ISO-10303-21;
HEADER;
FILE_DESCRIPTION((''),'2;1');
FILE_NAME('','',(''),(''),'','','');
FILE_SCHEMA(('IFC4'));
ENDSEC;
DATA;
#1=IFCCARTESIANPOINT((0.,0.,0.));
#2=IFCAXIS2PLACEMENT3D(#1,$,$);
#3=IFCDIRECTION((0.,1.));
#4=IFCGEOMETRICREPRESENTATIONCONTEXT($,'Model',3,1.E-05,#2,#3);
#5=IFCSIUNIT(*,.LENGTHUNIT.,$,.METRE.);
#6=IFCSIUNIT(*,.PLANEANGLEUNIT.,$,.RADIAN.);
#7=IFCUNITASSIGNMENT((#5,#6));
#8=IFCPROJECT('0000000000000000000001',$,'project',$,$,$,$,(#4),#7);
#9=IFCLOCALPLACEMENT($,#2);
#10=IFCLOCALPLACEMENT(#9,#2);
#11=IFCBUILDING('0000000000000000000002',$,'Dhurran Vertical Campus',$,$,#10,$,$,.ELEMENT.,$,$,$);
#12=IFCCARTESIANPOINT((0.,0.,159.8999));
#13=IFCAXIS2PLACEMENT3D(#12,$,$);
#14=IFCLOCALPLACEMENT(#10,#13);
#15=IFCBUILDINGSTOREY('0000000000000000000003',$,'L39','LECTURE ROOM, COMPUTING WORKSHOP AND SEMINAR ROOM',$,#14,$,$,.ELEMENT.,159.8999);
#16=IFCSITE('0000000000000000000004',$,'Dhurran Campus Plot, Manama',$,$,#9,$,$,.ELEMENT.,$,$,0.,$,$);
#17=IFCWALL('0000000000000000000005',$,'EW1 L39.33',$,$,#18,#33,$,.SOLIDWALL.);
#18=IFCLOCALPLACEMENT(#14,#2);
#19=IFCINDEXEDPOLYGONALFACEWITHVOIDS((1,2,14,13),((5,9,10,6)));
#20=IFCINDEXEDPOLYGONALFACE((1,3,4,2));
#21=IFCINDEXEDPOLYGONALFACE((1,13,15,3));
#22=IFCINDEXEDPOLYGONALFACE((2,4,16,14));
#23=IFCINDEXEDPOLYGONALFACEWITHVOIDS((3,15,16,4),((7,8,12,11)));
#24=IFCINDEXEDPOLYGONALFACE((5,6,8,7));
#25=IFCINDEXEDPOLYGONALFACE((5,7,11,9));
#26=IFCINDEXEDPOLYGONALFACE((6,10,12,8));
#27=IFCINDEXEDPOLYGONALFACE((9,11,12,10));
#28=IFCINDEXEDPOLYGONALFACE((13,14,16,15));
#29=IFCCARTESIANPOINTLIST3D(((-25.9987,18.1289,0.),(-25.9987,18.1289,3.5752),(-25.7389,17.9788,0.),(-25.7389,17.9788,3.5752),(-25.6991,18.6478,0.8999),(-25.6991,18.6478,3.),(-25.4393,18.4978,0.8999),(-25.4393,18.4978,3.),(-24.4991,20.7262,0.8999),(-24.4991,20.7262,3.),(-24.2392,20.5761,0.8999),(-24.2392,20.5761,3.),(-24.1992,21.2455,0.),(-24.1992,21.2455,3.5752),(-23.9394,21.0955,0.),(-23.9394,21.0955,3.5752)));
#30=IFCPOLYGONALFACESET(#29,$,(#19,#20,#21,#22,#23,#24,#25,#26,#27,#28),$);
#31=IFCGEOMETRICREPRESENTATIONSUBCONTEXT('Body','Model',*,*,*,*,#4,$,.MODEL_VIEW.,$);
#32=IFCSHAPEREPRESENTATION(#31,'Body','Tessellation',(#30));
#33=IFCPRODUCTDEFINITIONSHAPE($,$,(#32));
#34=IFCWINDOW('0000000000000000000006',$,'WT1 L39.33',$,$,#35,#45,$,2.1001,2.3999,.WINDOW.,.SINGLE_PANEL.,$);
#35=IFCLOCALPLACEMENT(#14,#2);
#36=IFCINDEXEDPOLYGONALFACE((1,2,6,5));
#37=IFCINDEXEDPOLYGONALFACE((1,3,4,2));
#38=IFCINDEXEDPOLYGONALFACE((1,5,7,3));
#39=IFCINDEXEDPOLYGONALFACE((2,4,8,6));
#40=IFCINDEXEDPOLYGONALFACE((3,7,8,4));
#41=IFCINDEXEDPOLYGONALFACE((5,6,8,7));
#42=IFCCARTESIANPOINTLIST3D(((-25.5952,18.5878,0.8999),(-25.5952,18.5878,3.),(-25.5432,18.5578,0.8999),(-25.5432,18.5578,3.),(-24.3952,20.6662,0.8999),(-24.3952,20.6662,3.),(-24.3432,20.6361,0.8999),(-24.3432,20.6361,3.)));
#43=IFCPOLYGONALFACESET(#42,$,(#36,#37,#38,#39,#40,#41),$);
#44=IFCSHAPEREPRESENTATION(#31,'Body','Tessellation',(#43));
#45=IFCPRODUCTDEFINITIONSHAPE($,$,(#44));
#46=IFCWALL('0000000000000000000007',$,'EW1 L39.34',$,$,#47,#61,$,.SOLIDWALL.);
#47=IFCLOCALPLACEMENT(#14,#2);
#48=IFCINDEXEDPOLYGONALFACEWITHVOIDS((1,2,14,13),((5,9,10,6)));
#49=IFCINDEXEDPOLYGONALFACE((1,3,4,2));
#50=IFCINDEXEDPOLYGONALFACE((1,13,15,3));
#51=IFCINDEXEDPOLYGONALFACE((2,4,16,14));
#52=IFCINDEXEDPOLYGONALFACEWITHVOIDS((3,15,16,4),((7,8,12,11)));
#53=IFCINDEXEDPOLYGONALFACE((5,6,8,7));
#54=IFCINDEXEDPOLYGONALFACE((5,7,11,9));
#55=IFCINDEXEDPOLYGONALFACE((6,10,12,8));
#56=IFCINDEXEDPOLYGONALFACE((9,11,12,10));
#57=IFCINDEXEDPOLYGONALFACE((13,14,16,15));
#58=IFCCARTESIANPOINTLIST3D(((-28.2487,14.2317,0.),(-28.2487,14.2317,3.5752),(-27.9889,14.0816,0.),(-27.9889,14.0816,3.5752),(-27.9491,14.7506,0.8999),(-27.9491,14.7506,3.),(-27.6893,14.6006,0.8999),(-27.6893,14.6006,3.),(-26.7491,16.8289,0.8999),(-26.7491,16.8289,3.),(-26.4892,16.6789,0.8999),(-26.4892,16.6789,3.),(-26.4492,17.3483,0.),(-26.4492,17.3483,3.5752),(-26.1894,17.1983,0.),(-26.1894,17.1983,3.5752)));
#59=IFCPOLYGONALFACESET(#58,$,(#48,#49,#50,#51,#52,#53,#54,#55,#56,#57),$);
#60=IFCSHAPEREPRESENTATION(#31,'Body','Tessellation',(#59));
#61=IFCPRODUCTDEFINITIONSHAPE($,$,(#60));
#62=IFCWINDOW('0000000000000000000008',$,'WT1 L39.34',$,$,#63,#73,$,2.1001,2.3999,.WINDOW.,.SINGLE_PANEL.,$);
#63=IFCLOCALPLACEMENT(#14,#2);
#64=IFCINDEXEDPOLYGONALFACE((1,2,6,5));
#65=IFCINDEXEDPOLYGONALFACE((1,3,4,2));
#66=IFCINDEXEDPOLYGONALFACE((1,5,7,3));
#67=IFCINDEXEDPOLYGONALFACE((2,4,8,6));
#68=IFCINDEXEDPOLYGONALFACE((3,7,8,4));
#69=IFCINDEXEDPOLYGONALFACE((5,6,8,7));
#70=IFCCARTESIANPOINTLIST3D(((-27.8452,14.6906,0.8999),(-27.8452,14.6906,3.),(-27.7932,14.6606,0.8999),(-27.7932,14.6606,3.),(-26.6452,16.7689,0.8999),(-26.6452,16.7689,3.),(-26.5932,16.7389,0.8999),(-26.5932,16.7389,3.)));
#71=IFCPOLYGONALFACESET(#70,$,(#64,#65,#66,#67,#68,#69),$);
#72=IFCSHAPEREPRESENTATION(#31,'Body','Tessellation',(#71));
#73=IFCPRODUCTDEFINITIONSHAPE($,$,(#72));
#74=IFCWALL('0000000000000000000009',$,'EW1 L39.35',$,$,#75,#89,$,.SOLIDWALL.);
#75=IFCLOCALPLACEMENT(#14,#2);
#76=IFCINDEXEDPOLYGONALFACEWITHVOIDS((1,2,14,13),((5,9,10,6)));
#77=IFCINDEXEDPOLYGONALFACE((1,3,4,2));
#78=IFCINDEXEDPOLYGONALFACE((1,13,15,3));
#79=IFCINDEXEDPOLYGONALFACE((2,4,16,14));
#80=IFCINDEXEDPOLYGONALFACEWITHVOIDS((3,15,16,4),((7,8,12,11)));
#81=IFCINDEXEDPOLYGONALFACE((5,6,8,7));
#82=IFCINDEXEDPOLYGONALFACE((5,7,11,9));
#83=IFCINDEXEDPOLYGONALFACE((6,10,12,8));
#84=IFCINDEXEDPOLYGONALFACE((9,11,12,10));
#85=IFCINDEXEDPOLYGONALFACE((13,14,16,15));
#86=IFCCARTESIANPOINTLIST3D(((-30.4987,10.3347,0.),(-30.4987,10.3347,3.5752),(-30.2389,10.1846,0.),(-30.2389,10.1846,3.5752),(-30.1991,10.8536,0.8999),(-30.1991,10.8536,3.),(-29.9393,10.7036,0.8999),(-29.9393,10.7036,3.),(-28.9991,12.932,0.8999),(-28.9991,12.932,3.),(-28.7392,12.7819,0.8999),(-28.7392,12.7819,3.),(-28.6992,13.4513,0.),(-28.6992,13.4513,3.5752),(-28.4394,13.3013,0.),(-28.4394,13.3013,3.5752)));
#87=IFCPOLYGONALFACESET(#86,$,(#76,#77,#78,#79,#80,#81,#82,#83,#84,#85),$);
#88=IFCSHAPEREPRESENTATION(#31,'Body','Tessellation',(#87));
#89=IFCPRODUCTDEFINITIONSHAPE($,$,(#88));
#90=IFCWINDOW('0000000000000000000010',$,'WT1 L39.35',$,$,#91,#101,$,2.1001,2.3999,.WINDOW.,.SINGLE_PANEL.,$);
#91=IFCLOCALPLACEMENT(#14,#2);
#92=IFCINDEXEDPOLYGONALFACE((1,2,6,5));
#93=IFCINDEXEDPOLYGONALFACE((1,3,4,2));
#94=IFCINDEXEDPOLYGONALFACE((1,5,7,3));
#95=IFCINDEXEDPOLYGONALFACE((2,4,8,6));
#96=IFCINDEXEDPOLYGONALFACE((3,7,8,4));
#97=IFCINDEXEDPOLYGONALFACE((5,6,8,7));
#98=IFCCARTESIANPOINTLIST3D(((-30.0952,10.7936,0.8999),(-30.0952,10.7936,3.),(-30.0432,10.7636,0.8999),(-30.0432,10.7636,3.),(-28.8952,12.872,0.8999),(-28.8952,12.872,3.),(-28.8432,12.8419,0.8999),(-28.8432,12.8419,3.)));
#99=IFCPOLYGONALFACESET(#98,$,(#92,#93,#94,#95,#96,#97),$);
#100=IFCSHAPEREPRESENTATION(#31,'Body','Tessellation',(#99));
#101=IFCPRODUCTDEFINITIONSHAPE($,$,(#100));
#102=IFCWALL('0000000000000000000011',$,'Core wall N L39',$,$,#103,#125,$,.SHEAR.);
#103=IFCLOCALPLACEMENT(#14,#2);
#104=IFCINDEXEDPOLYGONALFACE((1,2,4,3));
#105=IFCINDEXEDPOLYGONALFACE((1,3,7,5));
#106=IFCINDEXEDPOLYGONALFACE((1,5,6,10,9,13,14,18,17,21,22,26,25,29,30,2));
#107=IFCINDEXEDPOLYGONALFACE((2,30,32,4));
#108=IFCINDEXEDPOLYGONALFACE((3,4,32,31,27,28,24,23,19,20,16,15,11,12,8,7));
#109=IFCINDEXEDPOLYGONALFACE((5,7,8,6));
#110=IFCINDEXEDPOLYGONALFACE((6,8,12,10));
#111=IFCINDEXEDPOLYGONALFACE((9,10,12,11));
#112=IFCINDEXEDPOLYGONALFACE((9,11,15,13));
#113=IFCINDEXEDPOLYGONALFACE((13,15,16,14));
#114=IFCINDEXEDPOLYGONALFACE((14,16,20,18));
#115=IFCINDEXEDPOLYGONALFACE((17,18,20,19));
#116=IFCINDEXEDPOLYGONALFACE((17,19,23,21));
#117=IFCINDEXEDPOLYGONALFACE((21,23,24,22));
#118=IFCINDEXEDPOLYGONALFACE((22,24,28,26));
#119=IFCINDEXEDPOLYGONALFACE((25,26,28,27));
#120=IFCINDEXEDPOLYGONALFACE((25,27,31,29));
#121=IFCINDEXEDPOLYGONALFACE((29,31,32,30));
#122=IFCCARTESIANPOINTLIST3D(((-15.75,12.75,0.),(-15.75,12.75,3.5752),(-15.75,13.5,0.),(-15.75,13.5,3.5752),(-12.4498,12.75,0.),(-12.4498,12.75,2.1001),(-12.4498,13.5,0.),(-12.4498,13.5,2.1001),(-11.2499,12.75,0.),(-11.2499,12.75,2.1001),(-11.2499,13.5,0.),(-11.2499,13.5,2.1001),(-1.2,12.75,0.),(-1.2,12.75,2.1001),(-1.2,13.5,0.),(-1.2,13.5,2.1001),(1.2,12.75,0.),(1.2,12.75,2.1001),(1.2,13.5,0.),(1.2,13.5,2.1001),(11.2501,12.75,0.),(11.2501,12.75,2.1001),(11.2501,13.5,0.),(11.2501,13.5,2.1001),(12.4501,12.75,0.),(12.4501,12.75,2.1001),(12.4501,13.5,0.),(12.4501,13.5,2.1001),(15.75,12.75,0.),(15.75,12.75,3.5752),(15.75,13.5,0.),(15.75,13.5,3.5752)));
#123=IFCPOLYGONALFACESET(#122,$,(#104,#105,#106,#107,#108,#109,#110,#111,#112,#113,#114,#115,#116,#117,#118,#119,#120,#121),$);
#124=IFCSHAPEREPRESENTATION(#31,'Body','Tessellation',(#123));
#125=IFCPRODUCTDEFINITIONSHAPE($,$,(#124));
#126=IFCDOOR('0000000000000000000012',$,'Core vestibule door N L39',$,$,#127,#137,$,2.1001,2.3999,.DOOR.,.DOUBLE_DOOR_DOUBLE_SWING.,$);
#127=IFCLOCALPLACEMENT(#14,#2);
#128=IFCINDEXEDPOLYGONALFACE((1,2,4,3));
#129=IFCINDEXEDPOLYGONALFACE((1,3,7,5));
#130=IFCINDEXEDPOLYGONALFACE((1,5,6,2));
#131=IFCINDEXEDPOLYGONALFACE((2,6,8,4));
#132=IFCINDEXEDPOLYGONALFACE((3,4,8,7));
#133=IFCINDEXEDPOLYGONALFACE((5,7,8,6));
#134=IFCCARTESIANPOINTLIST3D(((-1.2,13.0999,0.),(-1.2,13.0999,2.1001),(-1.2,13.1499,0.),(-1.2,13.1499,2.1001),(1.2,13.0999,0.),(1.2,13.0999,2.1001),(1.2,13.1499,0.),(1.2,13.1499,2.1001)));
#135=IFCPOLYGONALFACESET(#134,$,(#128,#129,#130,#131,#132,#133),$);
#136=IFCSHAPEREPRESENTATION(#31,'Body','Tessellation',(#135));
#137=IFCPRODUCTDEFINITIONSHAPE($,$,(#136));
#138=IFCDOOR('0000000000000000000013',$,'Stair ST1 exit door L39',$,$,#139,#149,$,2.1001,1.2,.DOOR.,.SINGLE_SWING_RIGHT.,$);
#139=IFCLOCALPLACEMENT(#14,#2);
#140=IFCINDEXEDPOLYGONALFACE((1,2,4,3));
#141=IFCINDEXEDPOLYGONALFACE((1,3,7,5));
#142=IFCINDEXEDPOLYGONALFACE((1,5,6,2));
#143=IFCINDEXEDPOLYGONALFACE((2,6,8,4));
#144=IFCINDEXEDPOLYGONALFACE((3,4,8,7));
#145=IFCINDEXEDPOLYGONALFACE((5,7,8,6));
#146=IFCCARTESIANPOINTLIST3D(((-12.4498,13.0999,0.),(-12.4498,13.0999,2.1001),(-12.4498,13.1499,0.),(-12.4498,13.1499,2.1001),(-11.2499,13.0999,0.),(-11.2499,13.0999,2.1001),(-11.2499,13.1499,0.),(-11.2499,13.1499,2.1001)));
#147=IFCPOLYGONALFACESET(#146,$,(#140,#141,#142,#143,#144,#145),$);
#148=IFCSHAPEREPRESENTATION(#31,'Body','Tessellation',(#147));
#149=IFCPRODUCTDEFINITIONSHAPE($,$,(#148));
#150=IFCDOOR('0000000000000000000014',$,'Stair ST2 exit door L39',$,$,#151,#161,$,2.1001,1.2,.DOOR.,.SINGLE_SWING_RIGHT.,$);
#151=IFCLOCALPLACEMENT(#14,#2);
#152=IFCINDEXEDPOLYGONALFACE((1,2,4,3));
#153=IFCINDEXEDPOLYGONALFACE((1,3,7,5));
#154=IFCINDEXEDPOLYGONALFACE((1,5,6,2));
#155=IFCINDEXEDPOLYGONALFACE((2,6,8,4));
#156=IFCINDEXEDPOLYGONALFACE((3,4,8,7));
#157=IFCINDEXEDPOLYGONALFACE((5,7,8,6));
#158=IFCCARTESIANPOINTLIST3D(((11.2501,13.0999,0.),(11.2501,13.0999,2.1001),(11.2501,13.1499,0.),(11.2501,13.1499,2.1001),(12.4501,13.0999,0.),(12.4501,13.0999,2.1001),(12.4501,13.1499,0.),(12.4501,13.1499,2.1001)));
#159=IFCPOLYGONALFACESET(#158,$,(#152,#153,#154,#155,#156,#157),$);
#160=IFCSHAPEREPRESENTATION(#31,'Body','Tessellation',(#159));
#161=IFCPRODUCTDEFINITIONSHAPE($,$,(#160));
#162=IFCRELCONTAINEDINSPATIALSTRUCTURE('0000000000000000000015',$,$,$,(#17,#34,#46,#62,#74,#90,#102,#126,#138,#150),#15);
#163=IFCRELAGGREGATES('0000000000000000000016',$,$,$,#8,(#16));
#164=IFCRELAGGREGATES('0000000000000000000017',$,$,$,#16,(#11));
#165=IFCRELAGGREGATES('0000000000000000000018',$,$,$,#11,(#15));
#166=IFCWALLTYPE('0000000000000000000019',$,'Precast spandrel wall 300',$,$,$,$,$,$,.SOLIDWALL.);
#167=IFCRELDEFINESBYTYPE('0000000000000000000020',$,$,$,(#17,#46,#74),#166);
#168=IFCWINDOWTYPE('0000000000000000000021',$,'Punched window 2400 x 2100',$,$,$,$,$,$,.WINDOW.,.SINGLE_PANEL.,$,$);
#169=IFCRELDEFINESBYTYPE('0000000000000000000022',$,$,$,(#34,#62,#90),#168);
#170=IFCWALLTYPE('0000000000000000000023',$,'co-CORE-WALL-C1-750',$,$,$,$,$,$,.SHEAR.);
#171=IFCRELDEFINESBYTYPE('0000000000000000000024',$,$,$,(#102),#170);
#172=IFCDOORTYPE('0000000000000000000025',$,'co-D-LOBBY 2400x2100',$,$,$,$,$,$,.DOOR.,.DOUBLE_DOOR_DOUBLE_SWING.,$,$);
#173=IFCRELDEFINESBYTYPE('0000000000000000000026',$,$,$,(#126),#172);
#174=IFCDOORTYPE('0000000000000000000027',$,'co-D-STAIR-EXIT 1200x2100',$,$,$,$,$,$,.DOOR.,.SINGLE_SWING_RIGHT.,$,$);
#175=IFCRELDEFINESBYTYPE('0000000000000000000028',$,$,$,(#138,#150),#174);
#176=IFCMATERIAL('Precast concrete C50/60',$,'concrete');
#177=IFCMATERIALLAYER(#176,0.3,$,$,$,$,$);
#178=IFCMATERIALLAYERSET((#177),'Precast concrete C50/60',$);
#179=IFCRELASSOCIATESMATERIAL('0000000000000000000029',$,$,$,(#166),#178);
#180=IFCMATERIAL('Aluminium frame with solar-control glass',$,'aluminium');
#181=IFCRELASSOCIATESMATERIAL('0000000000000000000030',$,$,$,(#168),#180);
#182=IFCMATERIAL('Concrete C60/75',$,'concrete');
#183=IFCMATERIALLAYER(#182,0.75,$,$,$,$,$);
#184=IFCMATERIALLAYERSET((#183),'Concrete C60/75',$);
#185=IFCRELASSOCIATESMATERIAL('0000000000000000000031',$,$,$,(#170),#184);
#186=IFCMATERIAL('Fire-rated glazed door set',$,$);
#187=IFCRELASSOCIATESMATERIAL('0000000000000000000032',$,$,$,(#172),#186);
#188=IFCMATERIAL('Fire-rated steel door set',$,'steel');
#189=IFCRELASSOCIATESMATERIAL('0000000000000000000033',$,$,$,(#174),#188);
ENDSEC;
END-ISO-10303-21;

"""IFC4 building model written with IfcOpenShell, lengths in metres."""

from ifc_helpers import new_model, si_unit, direction, frame, frame_2d, origin, place, context, subcontext, project, spatial, rectangle, extrude, material, layer, layer_set, type_object, element, fill, save


model = new_model("IFC4")

# Units and contexts
model_context = context("Model", 3, precision=1e-05, world=origin(), true_north=direction((0.0, 1.0)))
body_context = subcontext(model_context, "Body", "Model", "MODEL_VIEW")
ifc_project = project(units=[si_unit("LENGTHUNIT", "METRE"), si_unit("PLANEANGLEUNIT", "RADIAN")], contexts=[model_context])

# Site, building, storey
site_placement = place(None, origin())
site = spatial("IfcSite", under=ifc_project, at=site_placement, Name="Dhurran Campus Plot, Manama", CompositionType="ELEMENT", RefElevation=0.0)
building_placement = place(site_placement, origin())
building = spatial("IfcBuilding", under=site, at=building_placement, Name="Dhurran Vertical Campus", CompositionType="ELEMENT")
storey_placement = place(building_placement, frame((0.0, 0.0, 159.8999)))
storey = spatial("IfcBuildingStorey", under=building, at=storey_placement, Name="L39", Description="LECTURE ROOM, COMPUTING WORKSHOP AND SEMINAR ROOM", CompositionType="ELEMENT", Elevation=159.8999)

# Walls, openings, windows
ifc_material_1 = material(Name="Precast concrete C50/60", Category="concrete")
ifc_layer_1 = layer(ifc_material_1, 0.3)
ifc_layer_set_1 = layer_set([ifc_layer_1], Name="Precast concrete C50/60")
wall_type_1 = type_object("IfcWallType", Name="Precast spandrel wall 300", PredefinedType="SOLIDWALL", material=ifc_layer_set_1)
ifc_material_2 = material(Name="Aluminium frame with solar-control glass", Category="aluminium")
window_type = type_object("IfcWindowType", Name="Punched window 2400 x 2100", PartitioningType="SINGLE_PANEL", PredefinedType="WINDOW", material=ifc_material_2)
wall_1_placement = place(storey_placement, frame((-24.0693, 21.1704, 0.0), z_axis=(0.0, 0.0, 1.0), x_axis=(-0.500028, -0.866009, 0.0)))
wall_1 = element("IfcWall", 1, at=wall_1_placement, inside=storey, type_object=wall_type_1, Name="EW1 L39.33", PredefinedType="SOLIDWALL", context=body_context, shape_type="SweptSolid", body=[
    extrude(rectangle(XDim=3.5989, YDim=0.3, at=frame_2d((1.7993, 0.0))), origin(), (0.0, 0.0, 1.0), 3.5752),
])
opening_1_placement = place(wall_1_placement, frame((0.5996, 0.0, 0.8999)))
opening_1 = element("IfcOpeningElement", 2, at=opening_1_placement, cuts=wall_1, PredefinedType="OPENING", context=body_context, shape_type="SweptSolid", body=[
    extrude(rectangle(XDim=2.3999, YDim=2.1001, at=frame_2d((1.2, 1.05))), frame((0.0, 0.1599, 0.0), z_axis=(0.0, -1.0, 0.0), x_axis=(1.0, 0.0, 0.0)), (0.0, 0.0, 1.0), 0.3201),
])
window_1_placement = place(opening_1_placement, origin())
window_1 = element("IfcWindow", 3, at=window_1_placement, inside=storey, type_object=window_type, Name="WT1 L39.33", OverallHeight=2.1001, OverallWidth=2.3999, PartitioningType="SINGLE_PANEL", PredefinedType="WINDOW", context=body_context, shape_type="SweptSolid", body=[
    extrude(rectangle(XDim=2.3999, YDim=2.1001, at=frame_2d((1.2, 1.05))), frame((0.0, 0.03, 0.0), z_axis=(0.0, -1.0, 0.0), x_axis=(1.0, 0.0, 0.0)), (0.0, 0.0, 1.0), 0.0601),
])
fill(opening_1, window_1)
wall_2_placement = place(storey_placement, frame((-26.3193, 17.2732, 0.0), z_axis=(0.0, 0.0, 1.0), x_axis=(-0.500028, -0.866009, 0.0)))
wall_2 = element("IfcWall", 4, at=wall_2_placement, inside=storey, type_object=wall_type_1, Name="EW1 L39.34", PredefinedType="SOLIDWALL", context=body_context, shape_type="SweptSolid", body=[
    extrude(rectangle(XDim=3.5989, YDim=0.3, at=frame_2d((1.7993, 0.0))), origin(), (0.0, 0.0, 1.0), 3.5752),
])
opening_2_placement = place(wall_2_placement, frame((0.5996, 0.0, 0.8999)))
opening_2 = element("IfcOpeningElement", 5, at=opening_2_placement, cuts=wall_2, PredefinedType="OPENING", context=body_context, shape_type="SweptSolid", body=[
    extrude(rectangle(XDim=2.3999, YDim=2.1001, at=frame_2d((1.2, 1.05))), frame((0.0, 0.1599, 0.0), z_axis=(0.0, -1.0, 0.0), x_axis=(1.0, 0.0, 0.0)), (0.0, 0.0, 1.0), 0.3201),
])
window_2_placement = place(opening_2_placement, origin())
window_2 = element("IfcWindow", 6, at=window_2_placement, inside=storey, type_object=window_type, Name="WT1 L39.34", OverallHeight=2.1001, OverallWidth=2.3999, PartitioningType="SINGLE_PANEL", PredefinedType="WINDOW", context=body_context, shape_type="SweptSolid", body=[
    extrude(rectangle(XDim=2.3999, YDim=2.1001, at=frame_2d((1.2, 1.05))), frame((0.0, 0.03, 0.0), z_axis=(0.0, -1.0, 0.0), x_axis=(1.0, 0.0, 0.0)), (0.0, 0.0, 1.0), 0.0601),
])
fill(opening_2, window_2)
wall_3_placement = place(storey_placement, frame((-28.5693, 13.3762, 0.0), z_axis=(0.0, 0.0, 1.0), x_axis=(-0.500028, -0.866009, 0.0)))
wall_3 = element("IfcWall", 7, at=wall_3_placement, inside=storey, type_object=wall_type_1, Name="EW1 L39.35", PredefinedType="SOLIDWALL", context=body_context, shape_type="SweptSolid", body=[
    extrude(rectangle(XDim=3.5989, YDim=0.3, at=frame_2d((1.7993, 0.0))), origin(), (0.0, 0.0, 1.0), 3.5752),
])
opening_3_placement = place(wall_3_placement, frame((0.5996, 0.0, 0.8999)))
opening_3 = element("IfcOpeningElement", 8, at=opening_3_placement, cuts=wall_3, PredefinedType="OPENING", context=body_context, shape_type="SweptSolid", body=[
    extrude(rectangle(XDim=2.3999, YDim=2.1001, at=frame_2d((1.2, 1.05))), frame((0.0, 0.1599, 0.0), z_axis=(0.0, -1.0, 0.0), x_axis=(1.0, 0.0, 0.0)), (0.0, 0.0, 1.0), 0.3201),
])
window_3_placement = place(opening_3_placement, origin())
window_3 = element("IfcWindow", 9, at=window_3_placement, inside=storey, type_object=window_type, Name="WT1 L39.35", OverallHeight=2.1001, OverallWidth=2.3999, PartitioningType="SINGLE_PANEL", PredefinedType="WINDOW", context=body_context, shape_type="SweptSolid", body=[
    extrude(rectangle(XDim=2.3999, YDim=2.1001, at=frame_2d((1.2, 1.05))), frame((0.0, 0.03, 0.0), z_axis=(0.0, -1.0, 0.0), x_axis=(1.0, 0.0, 0.0)), (0.0, 0.0, 1.0), 0.0601),
])
fill(opening_3, window_3)

# Wall, openings, doors
ifc_material_3 = material(Name="Concrete C60/75", Category="concrete")
ifc_layer_2 = layer(ifc_material_3, 0.75)
ifc_layer_set_2 = layer_set([ifc_layer_2], Name="Concrete C60/75")
wall_type_2 = type_object("IfcWallType", Name="co-CORE-WALL-C1-750", PredefinedType="SHEAR", material=ifc_layer_set_2)
wall_4_placement = place(storey_placement, frame((-15.75, 13.125, 0.0), z_axis=(0.0, 0.0, 1.0), x_axis=(1.0, 0.0, 0.0)))
wall_4 = element("IfcWall", 10, at=wall_4_placement, inside=storey, type_object=wall_type_2, Name="Core wall N L39", PredefinedType="SHEAR", context=body_context, shape_type="SweptSolid", body=[
    extrude(rectangle(XDim=31.5, YDim=0.75, at=frame_2d((15.75, 0.0))), origin(), (0.0, 0.0, 1.0), 3.5752),
])
opening_4_placement = place(wall_4_placement, frame((14.55, 0.0, 0.0)))
opening_4 = element("IfcOpeningElement", 11, at=opening_4_placement, cuts=wall_4, PredefinedType="OPENING", context=body_context, shape_type="SweptSolid", body=[
    extrude(rectangle(XDim=2.3999, YDim=2.1001, at=frame_2d((1.2, 1.05))), frame((0.0, 0.385, 0.0), z_axis=(0.0, -1.0, 0.0), x_axis=(1.0, 0.0, 0.0)), (0.0, 0.0, 1.0), 0.77),
])
opening_5_placement = place(wall_4_placement, frame((3.3, 0.0, 0.0)))
opening_5 = element("IfcOpeningElement", 12, at=opening_5_placement, cuts=wall_4, PredefinedType="OPENING", context=body_context, shape_type="SweptSolid", body=[
    extrude(rectangle(XDim=1.2, YDim=2.1001, at=frame_2d((0.6001, 1.05))), frame((0.0, 0.385, 0.0), z_axis=(0.0, -1.0, 0.0), x_axis=(1.0, 0.0, 0.0)), (0.0, 0.0, 1.0), 0.77),
])
opening_6_placement = place(wall_4_placement, frame((27.0, 0.0, 0.0)))
opening_6 = element("IfcOpeningElement", 13, at=opening_6_placement, cuts=wall_4, PredefinedType="OPENING", context=body_context, shape_type="SweptSolid", body=[
    extrude(rectangle(XDim=1.2, YDim=2.1001, at=frame_2d((0.6001, 1.05))), frame((0.0, 0.385, 0.0), z_axis=(0.0, -1.0, 0.0), x_axis=(1.0, 0.0, 0.0)), (0.0, 0.0, 1.0), 0.77),
])
ifc_material_4 = material(Name="Fire-rated glazed door set")
door_type_1 = type_object("IfcDoorType", Name="co-D-LOBBY 2400x2100", OperationType="DOUBLE_DOOR_DOUBLE_SWING", PredefinedType="DOOR", material=ifc_material_4)
door_1_placement = place(opening_4_placement, origin())
door_1 = element("IfcDoor", 14, at=door_1_placement, inside=storey, type_object=door_type_1, Name="Core vestibule door N L39", OperationType="DOUBLE_DOOR_DOUBLE_SWING", OverallHeight=2.1001, OverallWidth=2.3999, PredefinedType="DOOR", context=body_context, shape_type="SweptSolid", body=[
    extrude(rectangle(XDim=2.3999, YDim=2.1001, at=frame_2d((1.2, 1.05))), frame((0.0, 0.0249, 0.0), z_axis=(0.0, -1.0, 0.0), x_axis=(1.0, 0.0, 0.0)), (0.0, 0.0, 1.0), 0.05),
])
fill(opening_4, door_1)
ifc_material_5 = material(Name="Fire-rated steel door set", Category="steel")
door_type_2 = type_object("IfcDoorType", Name="co-D-STAIR-EXIT 1200x2100", OperationType="SINGLE_SWING_RIGHT", PredefinedType="DOOR", material=ifc_material_5)
door_2_placement = place(opening_5_placement, origin())
door_2 = element("IfcDoor", 15, at=door_2_placement, inside=storey, type_object=door_type_2, Name="Stair ST1 exit door L39", OperationType="SINGLE_SWING_RIGHT", OverallHeight=2.1001, OverallWidth=1.2, PredefinedType="DOOR", context=body_context, shape_type="SweptSolid", body=[
    extrude(rectangle(XDim=1.2, YDim=2.1001, at=frame_2d((0.6001, 1.05))), frame((0.0, 0.0249, 0.0), z_axis=(0.0, -1.0, 0.0), x_axis=(1.0, 0.0, 0.0)), (0.0, 0.0, 1.0), 0.05),
])
fill(opening_5, door_2)
door_3_placement = place(opening_6_placement, origin())
door_3 = element("IfcDoor", 16, at=door_3_placement, inside=storey, type_object=door_type_2, Name="Stair ST2 exit door L39", OperationType="SINGLE_SWING_RIGHT", OverallHeight=2.1001, OverallWidth=1.2, PredefinedType="DOOR", context=body_context, shape_type="SweptSolid", body=[
    extrude(rectangle(XDim=1.2, YDim=2.1001, at=frame_2d((0.6001, 1.05))), frame((0.0, 0.0249, 0.0), z_axis=(0.0, -1.0, 0.0), x_axis=(1.0, 0.0, 0.0)), (0.0, 0.0, 1.0), 0.05),
])
fill(opening_6, door_3)

save(model, "model.ifc")
